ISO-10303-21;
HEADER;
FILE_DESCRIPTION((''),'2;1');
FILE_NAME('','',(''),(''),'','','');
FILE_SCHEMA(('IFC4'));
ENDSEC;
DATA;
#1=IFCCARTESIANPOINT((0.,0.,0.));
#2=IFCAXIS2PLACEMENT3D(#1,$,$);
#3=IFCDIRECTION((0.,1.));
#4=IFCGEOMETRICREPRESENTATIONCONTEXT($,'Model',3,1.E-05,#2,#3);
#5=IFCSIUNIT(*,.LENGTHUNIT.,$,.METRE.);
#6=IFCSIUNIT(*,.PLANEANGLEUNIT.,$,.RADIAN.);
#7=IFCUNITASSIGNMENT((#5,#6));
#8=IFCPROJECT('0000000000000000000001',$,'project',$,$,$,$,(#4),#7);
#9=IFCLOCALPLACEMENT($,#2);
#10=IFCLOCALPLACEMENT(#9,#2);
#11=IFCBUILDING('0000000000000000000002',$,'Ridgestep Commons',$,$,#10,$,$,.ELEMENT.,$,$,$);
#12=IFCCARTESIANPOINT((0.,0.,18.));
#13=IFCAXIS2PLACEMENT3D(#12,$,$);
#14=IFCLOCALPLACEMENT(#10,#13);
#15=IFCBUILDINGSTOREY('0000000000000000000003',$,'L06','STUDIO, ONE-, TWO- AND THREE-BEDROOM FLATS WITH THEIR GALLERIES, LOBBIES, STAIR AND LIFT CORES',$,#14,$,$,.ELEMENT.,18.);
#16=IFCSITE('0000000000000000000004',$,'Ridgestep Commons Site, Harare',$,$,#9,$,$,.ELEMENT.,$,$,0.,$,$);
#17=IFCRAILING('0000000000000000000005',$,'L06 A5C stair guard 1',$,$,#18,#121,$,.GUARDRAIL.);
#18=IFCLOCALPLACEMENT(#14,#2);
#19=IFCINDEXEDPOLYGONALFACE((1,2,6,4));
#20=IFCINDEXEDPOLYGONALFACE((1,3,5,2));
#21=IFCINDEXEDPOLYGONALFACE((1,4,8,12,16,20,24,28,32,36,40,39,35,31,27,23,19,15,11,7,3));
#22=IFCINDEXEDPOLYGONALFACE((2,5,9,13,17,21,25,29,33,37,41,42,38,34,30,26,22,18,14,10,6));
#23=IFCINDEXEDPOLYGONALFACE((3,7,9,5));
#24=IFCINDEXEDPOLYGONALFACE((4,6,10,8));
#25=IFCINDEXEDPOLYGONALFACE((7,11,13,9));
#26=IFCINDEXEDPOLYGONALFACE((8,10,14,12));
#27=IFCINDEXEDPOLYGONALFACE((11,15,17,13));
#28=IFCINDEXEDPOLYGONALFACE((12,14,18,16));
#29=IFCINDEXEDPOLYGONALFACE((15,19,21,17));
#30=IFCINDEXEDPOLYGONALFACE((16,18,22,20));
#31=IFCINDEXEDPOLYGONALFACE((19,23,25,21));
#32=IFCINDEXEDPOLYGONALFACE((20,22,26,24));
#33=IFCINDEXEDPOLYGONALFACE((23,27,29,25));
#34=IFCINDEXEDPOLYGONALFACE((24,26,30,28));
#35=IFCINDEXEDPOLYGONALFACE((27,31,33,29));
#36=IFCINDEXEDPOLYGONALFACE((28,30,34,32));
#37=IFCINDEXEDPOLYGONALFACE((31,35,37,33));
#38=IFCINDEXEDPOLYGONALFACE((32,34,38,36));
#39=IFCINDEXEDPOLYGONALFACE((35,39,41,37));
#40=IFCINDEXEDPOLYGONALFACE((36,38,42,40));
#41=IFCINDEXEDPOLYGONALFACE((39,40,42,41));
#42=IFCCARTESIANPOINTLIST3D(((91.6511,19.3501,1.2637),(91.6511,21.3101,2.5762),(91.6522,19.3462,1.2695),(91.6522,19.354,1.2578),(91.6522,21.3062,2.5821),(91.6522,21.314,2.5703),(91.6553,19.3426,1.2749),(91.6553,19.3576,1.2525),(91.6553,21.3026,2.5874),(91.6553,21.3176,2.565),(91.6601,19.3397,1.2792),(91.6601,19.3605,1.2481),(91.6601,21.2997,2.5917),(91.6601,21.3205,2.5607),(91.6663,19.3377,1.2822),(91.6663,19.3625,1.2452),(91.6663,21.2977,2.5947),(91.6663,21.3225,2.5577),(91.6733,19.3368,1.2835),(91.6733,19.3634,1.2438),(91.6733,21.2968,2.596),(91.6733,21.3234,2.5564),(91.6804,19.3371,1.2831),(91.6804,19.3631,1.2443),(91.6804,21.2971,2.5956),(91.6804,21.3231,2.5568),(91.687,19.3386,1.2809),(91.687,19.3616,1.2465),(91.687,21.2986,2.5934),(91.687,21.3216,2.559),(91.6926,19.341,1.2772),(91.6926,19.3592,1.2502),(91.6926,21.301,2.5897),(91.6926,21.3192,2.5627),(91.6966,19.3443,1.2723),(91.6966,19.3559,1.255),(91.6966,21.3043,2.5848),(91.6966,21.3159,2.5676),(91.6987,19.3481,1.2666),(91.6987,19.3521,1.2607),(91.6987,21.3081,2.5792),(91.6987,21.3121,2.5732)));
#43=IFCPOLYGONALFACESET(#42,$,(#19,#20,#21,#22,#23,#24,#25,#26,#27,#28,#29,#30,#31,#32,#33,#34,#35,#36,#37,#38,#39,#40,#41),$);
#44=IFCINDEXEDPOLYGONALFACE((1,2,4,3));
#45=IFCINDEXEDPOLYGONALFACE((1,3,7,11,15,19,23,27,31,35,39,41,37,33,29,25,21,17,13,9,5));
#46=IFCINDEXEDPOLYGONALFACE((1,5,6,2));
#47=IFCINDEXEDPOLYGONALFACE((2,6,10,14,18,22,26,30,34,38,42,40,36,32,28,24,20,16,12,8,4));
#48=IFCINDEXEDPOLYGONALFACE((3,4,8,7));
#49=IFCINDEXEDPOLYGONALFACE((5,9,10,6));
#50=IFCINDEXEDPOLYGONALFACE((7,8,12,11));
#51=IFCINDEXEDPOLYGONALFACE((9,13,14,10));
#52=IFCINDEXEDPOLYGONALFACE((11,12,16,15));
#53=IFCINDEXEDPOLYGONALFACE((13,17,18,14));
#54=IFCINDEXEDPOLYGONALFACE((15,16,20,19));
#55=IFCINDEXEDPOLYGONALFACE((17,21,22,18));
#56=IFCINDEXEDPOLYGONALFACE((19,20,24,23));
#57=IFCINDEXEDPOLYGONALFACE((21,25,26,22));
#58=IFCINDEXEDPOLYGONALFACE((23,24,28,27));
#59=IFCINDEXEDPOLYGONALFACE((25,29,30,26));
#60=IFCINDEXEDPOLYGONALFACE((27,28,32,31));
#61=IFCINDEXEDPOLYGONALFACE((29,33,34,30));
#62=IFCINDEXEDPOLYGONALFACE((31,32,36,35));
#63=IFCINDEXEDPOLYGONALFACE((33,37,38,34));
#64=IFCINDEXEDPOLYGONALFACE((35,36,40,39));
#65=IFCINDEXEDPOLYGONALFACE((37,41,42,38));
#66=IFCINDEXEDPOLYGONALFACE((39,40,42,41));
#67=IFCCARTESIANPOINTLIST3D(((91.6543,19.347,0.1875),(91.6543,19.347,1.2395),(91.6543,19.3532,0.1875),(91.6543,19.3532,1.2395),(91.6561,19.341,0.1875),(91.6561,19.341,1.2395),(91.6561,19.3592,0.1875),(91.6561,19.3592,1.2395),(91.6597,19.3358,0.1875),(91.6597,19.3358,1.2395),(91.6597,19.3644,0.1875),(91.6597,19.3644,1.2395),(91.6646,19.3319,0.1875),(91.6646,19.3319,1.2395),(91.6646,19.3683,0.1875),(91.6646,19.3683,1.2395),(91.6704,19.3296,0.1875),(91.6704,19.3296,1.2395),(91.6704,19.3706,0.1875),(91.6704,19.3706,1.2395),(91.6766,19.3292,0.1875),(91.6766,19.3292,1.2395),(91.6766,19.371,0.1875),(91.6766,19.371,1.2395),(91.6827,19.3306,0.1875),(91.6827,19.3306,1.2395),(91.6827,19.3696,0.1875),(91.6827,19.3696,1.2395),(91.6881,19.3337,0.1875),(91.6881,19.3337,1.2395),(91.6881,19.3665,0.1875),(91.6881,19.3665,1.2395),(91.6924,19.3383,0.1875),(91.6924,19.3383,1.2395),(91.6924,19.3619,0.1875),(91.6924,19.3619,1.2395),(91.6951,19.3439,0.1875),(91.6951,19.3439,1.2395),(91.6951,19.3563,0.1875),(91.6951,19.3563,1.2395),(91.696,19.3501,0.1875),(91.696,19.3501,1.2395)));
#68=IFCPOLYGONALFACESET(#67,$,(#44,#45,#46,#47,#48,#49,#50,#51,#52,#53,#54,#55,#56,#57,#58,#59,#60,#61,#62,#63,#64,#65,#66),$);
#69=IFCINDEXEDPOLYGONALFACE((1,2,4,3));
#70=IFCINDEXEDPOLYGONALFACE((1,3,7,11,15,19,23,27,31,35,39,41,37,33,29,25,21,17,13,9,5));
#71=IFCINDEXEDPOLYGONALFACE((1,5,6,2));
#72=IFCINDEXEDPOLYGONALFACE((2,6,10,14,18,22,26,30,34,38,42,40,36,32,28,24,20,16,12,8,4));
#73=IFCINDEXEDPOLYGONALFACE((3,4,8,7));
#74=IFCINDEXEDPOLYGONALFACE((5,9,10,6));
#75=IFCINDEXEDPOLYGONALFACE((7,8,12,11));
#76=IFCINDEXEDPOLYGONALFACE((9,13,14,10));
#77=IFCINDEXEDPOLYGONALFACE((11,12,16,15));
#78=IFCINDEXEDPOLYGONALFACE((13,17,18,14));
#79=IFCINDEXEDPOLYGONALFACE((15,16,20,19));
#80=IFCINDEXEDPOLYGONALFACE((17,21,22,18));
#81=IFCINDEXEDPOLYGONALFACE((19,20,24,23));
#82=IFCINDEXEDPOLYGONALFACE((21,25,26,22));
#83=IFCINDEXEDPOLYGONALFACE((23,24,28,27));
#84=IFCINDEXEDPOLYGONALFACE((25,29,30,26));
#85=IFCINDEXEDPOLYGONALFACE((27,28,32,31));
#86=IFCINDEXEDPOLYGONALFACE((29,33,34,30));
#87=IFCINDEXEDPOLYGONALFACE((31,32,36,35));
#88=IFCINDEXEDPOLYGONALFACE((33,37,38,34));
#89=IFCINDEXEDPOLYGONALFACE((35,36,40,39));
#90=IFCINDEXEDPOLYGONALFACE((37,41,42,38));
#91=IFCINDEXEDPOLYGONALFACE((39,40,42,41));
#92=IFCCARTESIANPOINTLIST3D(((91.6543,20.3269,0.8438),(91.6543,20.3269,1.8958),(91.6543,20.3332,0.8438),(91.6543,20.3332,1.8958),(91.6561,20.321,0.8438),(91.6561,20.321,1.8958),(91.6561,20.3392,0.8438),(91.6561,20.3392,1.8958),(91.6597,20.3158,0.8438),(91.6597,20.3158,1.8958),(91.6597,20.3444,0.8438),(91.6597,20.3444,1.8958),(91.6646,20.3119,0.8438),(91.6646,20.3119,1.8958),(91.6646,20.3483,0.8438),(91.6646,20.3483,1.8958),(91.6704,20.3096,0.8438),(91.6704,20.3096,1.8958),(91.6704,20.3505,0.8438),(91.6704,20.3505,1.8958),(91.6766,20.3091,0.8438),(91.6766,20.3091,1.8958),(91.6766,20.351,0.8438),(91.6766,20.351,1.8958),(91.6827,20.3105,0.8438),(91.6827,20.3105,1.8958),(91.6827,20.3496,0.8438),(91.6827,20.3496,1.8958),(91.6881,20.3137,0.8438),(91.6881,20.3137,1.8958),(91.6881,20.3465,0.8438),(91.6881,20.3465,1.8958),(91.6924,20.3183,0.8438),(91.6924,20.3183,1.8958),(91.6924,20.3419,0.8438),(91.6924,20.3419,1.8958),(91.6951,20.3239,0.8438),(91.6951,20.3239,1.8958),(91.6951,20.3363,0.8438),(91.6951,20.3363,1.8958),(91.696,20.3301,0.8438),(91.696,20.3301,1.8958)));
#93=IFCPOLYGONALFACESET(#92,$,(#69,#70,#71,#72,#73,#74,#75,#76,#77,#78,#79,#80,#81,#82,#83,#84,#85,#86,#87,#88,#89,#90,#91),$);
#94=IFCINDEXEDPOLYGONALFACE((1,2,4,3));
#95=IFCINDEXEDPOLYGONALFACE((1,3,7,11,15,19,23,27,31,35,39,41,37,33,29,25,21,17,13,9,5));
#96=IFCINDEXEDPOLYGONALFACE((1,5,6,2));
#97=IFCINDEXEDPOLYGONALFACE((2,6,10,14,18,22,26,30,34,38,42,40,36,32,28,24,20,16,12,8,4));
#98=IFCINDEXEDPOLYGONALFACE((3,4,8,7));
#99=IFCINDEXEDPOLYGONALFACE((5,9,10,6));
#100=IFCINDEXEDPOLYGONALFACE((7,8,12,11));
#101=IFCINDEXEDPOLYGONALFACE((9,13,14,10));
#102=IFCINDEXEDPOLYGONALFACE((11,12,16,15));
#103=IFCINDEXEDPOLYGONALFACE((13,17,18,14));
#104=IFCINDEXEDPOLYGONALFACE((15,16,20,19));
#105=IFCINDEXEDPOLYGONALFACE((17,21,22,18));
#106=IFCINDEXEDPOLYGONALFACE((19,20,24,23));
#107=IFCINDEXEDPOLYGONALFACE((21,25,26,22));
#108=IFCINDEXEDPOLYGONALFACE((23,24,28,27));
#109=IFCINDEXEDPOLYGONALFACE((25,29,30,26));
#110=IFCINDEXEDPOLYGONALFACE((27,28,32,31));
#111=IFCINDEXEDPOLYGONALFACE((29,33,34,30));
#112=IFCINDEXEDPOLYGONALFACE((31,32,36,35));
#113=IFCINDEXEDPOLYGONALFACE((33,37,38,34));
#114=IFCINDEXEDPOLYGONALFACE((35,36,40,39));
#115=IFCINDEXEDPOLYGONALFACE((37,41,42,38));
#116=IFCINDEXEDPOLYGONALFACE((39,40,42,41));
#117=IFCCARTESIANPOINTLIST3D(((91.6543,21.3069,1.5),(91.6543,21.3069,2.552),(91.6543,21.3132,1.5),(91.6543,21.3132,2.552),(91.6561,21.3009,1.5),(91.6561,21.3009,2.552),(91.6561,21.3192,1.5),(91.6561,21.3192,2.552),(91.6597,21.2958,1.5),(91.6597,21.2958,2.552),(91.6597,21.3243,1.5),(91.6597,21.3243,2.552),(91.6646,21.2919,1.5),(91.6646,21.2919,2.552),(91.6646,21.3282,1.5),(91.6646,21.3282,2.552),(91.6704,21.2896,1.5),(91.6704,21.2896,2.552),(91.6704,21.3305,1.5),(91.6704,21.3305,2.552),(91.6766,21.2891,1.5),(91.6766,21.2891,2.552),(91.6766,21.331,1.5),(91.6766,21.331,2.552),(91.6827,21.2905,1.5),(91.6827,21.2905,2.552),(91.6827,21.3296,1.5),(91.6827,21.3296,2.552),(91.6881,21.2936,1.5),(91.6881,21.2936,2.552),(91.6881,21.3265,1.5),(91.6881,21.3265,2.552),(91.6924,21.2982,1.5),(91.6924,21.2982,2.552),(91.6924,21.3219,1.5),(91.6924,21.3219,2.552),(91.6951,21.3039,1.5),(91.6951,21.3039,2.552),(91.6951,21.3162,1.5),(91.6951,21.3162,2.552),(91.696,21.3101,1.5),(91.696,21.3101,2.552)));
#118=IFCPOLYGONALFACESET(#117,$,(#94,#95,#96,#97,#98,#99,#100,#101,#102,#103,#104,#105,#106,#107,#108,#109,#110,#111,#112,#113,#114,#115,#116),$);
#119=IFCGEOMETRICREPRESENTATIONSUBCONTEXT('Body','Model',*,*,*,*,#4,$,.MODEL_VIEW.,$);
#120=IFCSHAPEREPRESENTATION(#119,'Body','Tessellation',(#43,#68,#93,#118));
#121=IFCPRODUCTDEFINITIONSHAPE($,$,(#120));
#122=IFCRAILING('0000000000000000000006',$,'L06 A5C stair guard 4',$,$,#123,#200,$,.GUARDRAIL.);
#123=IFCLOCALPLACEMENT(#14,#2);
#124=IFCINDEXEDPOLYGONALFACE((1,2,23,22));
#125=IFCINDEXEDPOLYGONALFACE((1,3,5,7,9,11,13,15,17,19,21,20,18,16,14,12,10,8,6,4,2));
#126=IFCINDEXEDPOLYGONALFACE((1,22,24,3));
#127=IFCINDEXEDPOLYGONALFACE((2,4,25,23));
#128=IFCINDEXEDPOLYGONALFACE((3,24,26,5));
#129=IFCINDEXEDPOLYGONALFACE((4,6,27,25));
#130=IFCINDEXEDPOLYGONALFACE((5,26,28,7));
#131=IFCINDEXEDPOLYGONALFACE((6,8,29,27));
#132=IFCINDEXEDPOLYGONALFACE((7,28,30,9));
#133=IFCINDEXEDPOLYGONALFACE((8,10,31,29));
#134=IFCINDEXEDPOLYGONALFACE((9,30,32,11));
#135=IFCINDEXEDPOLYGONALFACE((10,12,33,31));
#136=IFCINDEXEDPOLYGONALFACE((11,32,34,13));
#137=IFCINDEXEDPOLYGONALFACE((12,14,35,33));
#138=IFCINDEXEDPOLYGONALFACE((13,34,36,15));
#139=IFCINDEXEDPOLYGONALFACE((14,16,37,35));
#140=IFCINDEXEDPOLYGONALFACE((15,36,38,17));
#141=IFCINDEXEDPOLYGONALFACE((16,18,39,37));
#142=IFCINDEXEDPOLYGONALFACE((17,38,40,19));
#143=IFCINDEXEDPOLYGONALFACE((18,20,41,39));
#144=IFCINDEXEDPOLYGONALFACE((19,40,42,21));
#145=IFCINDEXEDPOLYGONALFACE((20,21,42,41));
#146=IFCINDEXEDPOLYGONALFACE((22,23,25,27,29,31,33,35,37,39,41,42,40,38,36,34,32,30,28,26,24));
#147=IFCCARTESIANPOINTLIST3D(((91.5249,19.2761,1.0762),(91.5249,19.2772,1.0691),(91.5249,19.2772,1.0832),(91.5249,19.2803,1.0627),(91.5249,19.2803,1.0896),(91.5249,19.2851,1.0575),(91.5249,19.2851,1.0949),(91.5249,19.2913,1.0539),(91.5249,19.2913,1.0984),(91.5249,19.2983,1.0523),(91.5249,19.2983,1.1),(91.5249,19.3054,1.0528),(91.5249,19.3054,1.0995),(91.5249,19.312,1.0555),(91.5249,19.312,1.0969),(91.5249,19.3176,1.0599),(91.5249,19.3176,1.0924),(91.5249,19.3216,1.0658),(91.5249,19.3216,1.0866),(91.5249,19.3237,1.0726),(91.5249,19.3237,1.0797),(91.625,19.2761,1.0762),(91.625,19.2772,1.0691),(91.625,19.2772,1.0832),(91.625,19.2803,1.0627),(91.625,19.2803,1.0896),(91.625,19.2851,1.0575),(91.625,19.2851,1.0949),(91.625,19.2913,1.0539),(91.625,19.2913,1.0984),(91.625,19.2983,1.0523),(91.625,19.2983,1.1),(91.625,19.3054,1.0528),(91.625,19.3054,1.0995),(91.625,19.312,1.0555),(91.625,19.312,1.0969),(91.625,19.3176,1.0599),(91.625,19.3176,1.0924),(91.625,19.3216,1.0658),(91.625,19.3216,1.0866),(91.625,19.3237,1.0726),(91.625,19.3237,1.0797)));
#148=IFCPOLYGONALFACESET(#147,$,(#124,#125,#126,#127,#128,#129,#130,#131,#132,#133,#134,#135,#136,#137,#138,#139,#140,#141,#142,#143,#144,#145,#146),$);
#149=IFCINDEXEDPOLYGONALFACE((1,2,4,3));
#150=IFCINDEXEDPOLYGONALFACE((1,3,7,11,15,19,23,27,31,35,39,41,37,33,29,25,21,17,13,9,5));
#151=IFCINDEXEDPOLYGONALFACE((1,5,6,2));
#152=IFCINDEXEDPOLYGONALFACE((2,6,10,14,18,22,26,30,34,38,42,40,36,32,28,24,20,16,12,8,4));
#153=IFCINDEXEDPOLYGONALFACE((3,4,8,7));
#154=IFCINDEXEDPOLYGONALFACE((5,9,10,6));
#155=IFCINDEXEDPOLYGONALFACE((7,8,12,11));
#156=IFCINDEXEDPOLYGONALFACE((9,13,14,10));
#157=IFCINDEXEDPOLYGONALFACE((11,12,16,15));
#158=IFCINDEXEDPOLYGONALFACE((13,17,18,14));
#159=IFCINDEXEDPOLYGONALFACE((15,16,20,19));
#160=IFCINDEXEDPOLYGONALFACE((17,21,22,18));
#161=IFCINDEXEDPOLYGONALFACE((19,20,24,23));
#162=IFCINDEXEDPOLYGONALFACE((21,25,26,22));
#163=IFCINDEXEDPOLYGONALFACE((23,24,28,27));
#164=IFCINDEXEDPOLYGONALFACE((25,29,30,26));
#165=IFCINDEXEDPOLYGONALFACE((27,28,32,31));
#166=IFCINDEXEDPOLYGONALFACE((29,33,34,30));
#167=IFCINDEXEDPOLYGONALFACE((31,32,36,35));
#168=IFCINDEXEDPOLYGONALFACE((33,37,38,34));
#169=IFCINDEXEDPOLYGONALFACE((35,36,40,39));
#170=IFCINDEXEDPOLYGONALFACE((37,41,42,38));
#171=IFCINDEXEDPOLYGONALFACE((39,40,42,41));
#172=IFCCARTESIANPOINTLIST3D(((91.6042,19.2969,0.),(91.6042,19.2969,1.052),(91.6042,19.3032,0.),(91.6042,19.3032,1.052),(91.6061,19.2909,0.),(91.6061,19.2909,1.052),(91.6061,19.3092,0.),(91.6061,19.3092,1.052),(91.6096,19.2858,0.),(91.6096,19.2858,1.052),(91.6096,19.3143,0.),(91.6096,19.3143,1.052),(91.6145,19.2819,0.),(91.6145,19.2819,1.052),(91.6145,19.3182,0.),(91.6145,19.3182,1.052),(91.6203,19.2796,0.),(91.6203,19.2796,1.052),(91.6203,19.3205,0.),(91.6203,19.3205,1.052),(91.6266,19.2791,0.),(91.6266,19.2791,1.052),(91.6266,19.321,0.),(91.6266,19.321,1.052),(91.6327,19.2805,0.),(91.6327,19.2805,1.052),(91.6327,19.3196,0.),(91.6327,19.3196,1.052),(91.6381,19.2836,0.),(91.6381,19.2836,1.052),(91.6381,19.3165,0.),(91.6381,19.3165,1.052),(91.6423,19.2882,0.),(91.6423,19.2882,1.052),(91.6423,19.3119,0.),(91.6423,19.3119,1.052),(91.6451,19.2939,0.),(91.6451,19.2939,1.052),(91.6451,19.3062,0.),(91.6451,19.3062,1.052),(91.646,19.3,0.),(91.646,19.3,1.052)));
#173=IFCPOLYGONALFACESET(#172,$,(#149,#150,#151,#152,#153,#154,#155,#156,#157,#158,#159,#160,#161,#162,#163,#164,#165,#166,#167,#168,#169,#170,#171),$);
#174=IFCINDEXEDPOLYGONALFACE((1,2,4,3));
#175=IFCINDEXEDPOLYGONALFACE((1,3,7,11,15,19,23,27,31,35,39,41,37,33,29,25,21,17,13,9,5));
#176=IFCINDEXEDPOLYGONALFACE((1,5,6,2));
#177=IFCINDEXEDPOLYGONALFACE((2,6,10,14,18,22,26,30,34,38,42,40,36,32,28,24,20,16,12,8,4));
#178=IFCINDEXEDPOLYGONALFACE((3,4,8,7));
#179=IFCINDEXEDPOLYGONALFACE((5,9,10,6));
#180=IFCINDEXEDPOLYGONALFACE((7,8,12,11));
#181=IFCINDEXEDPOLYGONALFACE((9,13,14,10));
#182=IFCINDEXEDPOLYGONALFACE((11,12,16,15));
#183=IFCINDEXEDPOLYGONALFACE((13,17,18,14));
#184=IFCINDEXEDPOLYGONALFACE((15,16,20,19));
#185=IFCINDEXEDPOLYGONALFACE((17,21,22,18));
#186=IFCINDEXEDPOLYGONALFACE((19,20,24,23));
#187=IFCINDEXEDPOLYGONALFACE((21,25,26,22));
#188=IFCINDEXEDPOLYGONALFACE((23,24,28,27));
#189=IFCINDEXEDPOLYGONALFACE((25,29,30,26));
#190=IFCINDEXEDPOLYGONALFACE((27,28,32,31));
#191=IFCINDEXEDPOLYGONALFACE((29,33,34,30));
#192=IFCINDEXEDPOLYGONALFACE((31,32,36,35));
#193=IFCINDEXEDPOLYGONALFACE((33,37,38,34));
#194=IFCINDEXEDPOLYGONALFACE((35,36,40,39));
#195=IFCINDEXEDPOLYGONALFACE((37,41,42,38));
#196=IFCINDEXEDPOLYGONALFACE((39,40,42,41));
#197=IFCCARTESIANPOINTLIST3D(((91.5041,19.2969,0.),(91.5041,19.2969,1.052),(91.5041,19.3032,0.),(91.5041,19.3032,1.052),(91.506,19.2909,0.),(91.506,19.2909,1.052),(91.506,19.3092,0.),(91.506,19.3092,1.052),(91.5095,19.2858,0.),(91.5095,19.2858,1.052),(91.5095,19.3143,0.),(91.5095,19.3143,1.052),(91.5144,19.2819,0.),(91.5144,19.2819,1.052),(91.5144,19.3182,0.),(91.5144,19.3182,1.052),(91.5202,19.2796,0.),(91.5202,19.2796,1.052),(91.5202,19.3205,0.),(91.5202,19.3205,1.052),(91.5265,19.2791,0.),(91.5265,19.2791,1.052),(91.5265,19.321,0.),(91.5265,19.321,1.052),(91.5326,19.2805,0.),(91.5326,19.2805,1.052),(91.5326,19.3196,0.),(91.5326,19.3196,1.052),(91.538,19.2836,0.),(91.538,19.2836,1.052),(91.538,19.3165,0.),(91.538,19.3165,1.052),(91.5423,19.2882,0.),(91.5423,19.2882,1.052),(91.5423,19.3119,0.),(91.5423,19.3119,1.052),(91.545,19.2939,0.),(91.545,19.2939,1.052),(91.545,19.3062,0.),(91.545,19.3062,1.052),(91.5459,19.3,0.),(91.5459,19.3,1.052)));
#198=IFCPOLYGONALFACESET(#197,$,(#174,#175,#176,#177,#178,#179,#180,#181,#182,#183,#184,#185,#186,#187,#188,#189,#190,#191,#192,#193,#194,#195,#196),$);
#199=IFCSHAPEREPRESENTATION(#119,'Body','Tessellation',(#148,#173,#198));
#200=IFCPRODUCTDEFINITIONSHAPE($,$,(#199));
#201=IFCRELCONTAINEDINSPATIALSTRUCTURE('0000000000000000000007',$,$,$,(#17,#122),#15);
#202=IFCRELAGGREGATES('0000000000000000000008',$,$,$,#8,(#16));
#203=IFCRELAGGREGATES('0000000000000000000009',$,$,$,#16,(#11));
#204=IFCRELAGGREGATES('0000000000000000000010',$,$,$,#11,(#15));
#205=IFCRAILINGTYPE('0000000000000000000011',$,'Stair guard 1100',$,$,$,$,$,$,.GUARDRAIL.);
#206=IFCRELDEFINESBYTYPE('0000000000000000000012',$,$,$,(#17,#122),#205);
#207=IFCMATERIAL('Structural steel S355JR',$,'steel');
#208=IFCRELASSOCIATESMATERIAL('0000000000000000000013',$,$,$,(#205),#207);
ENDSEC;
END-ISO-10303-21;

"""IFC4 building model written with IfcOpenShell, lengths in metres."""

from ifc_helpers import new_model, si_unit, direction, frame, origin, origin_2d, place, context, subcontext, project, spatial, circle, extrude, material, type_object, element, save


model = new_model("IFC4")

# Units and contexts
model_context = context("Model", 3, precision=1e-05, world=origin(), true_north=direction((0.0, 1.0)))
body_context = subcontext(model_context, "Body", "Model", "MODEL_VIEW")
ifc_project = project(units=[si_unit("LENGTHUNIT", "METRE"), si_unit("PLANEANGLEUNIT", "RADIAN")], contexts=[model_context])

# Site, building, storey
site_placement = place(None, origin())
site = spatial("IfcSite", under=ifc_project, at=site_placement, Name="Ridgestep Commons Site, Harare", CompositionType="ELEMENT", RefElevation=0.0)
building_placement = place(site_placement, origin())
building = spatial("IfcBuilding", under=site, at=building_placement, Name="Ridgestep Commons", CompositionType="ELEMENT")
storey_placement = place(building_placement, frame((0.0, 0.0, 18.0)))
storey = spatial("IfcBuildingStorey", under=building, at=storey_placement, Name="L06", Description="STUDIO, ONE-, TWO- AND THREE-BEDROOM FLATS WITH THEIR GALLERIES, LOBBIES, STAIR AND LIFT CORES", CompositionType="ELEMENT", Elevation=18.0)

# Railings
ifc_material_1 = material(Name="Structural steel S355JR", Category="steel")
railing_type_1 = type_object("IfcRailingType", Name="Stair guard 1100", PredefinedType="GUARDRAIL", material=ifc_material_1)
railing_1_placement = place(storey_placement, frame((91.675, 19.3501, 0.1875)))
element("IfcRailing", 1, at=railing_1_placement, inside=storey, type_object=railing_type_1, Name="L06 A5C stair guard 1", PredefinedType="GUARDRAIL", context=body_context, shape_type="SweptSolid", body=[
    extrude(circle(Radius=0.0239, at=origin_2d()), frame((0.0, 0.0, 1.0762), z_axis=(0.0, 0.830902, 0.556419), x_axis=(-1.0, 0.0, 0.0)), (0.0, 0.0, 1.0), 2.3589),
    extrude(circle(Radius=0.021, at=origin_2d()), origin(), (0.0, 0.0, 1.0), 1.052),
    extrude(circle(Radius=0.021, at=origin_2d()), frame((0.0, 0.98, 0.6562)), (0.0, 0.0, 1.0), 1.052),
    extrude(circle(Radius=0.021, at=origin_2d()), frame((0.0, 1.96, 1.3125)), (0.0, 0.0, 1.0), 1.052),
])
railing_2_placement = place(storey_placement, frame((91.625, 19.3, 0.0)))
element("IfcRailing", 2, at=railing_2_placement, inside=storey, type_object=railing_type_1, Name="L06 A5C stair guard 4", PredefinedType="GUARDRAIL", context=body_context, shape_type="SweptSolid", body=[
    extrude(circle(Radius=0.0239, at=origin_2d()), frame((0.0, 0.0, 1.0762), z_axis=(-1.0, 0.0, 0.0), x_axis=(0.0, -1.0, 0.0)), (0.0, 0.0, 1.0), 0.1001),
    extrude(circle(Radius=0.021, at=origin_2d()), origin(), (0.0, 0.0, 1.0), 1.052),
    extrude(circle(Radius=0.021, at=origin_2d()), frame((-0.1001, 0.0, 0.0)), (0.0, 0.0, 1.0), 1.052),
])

save(model, "model.ifc")
